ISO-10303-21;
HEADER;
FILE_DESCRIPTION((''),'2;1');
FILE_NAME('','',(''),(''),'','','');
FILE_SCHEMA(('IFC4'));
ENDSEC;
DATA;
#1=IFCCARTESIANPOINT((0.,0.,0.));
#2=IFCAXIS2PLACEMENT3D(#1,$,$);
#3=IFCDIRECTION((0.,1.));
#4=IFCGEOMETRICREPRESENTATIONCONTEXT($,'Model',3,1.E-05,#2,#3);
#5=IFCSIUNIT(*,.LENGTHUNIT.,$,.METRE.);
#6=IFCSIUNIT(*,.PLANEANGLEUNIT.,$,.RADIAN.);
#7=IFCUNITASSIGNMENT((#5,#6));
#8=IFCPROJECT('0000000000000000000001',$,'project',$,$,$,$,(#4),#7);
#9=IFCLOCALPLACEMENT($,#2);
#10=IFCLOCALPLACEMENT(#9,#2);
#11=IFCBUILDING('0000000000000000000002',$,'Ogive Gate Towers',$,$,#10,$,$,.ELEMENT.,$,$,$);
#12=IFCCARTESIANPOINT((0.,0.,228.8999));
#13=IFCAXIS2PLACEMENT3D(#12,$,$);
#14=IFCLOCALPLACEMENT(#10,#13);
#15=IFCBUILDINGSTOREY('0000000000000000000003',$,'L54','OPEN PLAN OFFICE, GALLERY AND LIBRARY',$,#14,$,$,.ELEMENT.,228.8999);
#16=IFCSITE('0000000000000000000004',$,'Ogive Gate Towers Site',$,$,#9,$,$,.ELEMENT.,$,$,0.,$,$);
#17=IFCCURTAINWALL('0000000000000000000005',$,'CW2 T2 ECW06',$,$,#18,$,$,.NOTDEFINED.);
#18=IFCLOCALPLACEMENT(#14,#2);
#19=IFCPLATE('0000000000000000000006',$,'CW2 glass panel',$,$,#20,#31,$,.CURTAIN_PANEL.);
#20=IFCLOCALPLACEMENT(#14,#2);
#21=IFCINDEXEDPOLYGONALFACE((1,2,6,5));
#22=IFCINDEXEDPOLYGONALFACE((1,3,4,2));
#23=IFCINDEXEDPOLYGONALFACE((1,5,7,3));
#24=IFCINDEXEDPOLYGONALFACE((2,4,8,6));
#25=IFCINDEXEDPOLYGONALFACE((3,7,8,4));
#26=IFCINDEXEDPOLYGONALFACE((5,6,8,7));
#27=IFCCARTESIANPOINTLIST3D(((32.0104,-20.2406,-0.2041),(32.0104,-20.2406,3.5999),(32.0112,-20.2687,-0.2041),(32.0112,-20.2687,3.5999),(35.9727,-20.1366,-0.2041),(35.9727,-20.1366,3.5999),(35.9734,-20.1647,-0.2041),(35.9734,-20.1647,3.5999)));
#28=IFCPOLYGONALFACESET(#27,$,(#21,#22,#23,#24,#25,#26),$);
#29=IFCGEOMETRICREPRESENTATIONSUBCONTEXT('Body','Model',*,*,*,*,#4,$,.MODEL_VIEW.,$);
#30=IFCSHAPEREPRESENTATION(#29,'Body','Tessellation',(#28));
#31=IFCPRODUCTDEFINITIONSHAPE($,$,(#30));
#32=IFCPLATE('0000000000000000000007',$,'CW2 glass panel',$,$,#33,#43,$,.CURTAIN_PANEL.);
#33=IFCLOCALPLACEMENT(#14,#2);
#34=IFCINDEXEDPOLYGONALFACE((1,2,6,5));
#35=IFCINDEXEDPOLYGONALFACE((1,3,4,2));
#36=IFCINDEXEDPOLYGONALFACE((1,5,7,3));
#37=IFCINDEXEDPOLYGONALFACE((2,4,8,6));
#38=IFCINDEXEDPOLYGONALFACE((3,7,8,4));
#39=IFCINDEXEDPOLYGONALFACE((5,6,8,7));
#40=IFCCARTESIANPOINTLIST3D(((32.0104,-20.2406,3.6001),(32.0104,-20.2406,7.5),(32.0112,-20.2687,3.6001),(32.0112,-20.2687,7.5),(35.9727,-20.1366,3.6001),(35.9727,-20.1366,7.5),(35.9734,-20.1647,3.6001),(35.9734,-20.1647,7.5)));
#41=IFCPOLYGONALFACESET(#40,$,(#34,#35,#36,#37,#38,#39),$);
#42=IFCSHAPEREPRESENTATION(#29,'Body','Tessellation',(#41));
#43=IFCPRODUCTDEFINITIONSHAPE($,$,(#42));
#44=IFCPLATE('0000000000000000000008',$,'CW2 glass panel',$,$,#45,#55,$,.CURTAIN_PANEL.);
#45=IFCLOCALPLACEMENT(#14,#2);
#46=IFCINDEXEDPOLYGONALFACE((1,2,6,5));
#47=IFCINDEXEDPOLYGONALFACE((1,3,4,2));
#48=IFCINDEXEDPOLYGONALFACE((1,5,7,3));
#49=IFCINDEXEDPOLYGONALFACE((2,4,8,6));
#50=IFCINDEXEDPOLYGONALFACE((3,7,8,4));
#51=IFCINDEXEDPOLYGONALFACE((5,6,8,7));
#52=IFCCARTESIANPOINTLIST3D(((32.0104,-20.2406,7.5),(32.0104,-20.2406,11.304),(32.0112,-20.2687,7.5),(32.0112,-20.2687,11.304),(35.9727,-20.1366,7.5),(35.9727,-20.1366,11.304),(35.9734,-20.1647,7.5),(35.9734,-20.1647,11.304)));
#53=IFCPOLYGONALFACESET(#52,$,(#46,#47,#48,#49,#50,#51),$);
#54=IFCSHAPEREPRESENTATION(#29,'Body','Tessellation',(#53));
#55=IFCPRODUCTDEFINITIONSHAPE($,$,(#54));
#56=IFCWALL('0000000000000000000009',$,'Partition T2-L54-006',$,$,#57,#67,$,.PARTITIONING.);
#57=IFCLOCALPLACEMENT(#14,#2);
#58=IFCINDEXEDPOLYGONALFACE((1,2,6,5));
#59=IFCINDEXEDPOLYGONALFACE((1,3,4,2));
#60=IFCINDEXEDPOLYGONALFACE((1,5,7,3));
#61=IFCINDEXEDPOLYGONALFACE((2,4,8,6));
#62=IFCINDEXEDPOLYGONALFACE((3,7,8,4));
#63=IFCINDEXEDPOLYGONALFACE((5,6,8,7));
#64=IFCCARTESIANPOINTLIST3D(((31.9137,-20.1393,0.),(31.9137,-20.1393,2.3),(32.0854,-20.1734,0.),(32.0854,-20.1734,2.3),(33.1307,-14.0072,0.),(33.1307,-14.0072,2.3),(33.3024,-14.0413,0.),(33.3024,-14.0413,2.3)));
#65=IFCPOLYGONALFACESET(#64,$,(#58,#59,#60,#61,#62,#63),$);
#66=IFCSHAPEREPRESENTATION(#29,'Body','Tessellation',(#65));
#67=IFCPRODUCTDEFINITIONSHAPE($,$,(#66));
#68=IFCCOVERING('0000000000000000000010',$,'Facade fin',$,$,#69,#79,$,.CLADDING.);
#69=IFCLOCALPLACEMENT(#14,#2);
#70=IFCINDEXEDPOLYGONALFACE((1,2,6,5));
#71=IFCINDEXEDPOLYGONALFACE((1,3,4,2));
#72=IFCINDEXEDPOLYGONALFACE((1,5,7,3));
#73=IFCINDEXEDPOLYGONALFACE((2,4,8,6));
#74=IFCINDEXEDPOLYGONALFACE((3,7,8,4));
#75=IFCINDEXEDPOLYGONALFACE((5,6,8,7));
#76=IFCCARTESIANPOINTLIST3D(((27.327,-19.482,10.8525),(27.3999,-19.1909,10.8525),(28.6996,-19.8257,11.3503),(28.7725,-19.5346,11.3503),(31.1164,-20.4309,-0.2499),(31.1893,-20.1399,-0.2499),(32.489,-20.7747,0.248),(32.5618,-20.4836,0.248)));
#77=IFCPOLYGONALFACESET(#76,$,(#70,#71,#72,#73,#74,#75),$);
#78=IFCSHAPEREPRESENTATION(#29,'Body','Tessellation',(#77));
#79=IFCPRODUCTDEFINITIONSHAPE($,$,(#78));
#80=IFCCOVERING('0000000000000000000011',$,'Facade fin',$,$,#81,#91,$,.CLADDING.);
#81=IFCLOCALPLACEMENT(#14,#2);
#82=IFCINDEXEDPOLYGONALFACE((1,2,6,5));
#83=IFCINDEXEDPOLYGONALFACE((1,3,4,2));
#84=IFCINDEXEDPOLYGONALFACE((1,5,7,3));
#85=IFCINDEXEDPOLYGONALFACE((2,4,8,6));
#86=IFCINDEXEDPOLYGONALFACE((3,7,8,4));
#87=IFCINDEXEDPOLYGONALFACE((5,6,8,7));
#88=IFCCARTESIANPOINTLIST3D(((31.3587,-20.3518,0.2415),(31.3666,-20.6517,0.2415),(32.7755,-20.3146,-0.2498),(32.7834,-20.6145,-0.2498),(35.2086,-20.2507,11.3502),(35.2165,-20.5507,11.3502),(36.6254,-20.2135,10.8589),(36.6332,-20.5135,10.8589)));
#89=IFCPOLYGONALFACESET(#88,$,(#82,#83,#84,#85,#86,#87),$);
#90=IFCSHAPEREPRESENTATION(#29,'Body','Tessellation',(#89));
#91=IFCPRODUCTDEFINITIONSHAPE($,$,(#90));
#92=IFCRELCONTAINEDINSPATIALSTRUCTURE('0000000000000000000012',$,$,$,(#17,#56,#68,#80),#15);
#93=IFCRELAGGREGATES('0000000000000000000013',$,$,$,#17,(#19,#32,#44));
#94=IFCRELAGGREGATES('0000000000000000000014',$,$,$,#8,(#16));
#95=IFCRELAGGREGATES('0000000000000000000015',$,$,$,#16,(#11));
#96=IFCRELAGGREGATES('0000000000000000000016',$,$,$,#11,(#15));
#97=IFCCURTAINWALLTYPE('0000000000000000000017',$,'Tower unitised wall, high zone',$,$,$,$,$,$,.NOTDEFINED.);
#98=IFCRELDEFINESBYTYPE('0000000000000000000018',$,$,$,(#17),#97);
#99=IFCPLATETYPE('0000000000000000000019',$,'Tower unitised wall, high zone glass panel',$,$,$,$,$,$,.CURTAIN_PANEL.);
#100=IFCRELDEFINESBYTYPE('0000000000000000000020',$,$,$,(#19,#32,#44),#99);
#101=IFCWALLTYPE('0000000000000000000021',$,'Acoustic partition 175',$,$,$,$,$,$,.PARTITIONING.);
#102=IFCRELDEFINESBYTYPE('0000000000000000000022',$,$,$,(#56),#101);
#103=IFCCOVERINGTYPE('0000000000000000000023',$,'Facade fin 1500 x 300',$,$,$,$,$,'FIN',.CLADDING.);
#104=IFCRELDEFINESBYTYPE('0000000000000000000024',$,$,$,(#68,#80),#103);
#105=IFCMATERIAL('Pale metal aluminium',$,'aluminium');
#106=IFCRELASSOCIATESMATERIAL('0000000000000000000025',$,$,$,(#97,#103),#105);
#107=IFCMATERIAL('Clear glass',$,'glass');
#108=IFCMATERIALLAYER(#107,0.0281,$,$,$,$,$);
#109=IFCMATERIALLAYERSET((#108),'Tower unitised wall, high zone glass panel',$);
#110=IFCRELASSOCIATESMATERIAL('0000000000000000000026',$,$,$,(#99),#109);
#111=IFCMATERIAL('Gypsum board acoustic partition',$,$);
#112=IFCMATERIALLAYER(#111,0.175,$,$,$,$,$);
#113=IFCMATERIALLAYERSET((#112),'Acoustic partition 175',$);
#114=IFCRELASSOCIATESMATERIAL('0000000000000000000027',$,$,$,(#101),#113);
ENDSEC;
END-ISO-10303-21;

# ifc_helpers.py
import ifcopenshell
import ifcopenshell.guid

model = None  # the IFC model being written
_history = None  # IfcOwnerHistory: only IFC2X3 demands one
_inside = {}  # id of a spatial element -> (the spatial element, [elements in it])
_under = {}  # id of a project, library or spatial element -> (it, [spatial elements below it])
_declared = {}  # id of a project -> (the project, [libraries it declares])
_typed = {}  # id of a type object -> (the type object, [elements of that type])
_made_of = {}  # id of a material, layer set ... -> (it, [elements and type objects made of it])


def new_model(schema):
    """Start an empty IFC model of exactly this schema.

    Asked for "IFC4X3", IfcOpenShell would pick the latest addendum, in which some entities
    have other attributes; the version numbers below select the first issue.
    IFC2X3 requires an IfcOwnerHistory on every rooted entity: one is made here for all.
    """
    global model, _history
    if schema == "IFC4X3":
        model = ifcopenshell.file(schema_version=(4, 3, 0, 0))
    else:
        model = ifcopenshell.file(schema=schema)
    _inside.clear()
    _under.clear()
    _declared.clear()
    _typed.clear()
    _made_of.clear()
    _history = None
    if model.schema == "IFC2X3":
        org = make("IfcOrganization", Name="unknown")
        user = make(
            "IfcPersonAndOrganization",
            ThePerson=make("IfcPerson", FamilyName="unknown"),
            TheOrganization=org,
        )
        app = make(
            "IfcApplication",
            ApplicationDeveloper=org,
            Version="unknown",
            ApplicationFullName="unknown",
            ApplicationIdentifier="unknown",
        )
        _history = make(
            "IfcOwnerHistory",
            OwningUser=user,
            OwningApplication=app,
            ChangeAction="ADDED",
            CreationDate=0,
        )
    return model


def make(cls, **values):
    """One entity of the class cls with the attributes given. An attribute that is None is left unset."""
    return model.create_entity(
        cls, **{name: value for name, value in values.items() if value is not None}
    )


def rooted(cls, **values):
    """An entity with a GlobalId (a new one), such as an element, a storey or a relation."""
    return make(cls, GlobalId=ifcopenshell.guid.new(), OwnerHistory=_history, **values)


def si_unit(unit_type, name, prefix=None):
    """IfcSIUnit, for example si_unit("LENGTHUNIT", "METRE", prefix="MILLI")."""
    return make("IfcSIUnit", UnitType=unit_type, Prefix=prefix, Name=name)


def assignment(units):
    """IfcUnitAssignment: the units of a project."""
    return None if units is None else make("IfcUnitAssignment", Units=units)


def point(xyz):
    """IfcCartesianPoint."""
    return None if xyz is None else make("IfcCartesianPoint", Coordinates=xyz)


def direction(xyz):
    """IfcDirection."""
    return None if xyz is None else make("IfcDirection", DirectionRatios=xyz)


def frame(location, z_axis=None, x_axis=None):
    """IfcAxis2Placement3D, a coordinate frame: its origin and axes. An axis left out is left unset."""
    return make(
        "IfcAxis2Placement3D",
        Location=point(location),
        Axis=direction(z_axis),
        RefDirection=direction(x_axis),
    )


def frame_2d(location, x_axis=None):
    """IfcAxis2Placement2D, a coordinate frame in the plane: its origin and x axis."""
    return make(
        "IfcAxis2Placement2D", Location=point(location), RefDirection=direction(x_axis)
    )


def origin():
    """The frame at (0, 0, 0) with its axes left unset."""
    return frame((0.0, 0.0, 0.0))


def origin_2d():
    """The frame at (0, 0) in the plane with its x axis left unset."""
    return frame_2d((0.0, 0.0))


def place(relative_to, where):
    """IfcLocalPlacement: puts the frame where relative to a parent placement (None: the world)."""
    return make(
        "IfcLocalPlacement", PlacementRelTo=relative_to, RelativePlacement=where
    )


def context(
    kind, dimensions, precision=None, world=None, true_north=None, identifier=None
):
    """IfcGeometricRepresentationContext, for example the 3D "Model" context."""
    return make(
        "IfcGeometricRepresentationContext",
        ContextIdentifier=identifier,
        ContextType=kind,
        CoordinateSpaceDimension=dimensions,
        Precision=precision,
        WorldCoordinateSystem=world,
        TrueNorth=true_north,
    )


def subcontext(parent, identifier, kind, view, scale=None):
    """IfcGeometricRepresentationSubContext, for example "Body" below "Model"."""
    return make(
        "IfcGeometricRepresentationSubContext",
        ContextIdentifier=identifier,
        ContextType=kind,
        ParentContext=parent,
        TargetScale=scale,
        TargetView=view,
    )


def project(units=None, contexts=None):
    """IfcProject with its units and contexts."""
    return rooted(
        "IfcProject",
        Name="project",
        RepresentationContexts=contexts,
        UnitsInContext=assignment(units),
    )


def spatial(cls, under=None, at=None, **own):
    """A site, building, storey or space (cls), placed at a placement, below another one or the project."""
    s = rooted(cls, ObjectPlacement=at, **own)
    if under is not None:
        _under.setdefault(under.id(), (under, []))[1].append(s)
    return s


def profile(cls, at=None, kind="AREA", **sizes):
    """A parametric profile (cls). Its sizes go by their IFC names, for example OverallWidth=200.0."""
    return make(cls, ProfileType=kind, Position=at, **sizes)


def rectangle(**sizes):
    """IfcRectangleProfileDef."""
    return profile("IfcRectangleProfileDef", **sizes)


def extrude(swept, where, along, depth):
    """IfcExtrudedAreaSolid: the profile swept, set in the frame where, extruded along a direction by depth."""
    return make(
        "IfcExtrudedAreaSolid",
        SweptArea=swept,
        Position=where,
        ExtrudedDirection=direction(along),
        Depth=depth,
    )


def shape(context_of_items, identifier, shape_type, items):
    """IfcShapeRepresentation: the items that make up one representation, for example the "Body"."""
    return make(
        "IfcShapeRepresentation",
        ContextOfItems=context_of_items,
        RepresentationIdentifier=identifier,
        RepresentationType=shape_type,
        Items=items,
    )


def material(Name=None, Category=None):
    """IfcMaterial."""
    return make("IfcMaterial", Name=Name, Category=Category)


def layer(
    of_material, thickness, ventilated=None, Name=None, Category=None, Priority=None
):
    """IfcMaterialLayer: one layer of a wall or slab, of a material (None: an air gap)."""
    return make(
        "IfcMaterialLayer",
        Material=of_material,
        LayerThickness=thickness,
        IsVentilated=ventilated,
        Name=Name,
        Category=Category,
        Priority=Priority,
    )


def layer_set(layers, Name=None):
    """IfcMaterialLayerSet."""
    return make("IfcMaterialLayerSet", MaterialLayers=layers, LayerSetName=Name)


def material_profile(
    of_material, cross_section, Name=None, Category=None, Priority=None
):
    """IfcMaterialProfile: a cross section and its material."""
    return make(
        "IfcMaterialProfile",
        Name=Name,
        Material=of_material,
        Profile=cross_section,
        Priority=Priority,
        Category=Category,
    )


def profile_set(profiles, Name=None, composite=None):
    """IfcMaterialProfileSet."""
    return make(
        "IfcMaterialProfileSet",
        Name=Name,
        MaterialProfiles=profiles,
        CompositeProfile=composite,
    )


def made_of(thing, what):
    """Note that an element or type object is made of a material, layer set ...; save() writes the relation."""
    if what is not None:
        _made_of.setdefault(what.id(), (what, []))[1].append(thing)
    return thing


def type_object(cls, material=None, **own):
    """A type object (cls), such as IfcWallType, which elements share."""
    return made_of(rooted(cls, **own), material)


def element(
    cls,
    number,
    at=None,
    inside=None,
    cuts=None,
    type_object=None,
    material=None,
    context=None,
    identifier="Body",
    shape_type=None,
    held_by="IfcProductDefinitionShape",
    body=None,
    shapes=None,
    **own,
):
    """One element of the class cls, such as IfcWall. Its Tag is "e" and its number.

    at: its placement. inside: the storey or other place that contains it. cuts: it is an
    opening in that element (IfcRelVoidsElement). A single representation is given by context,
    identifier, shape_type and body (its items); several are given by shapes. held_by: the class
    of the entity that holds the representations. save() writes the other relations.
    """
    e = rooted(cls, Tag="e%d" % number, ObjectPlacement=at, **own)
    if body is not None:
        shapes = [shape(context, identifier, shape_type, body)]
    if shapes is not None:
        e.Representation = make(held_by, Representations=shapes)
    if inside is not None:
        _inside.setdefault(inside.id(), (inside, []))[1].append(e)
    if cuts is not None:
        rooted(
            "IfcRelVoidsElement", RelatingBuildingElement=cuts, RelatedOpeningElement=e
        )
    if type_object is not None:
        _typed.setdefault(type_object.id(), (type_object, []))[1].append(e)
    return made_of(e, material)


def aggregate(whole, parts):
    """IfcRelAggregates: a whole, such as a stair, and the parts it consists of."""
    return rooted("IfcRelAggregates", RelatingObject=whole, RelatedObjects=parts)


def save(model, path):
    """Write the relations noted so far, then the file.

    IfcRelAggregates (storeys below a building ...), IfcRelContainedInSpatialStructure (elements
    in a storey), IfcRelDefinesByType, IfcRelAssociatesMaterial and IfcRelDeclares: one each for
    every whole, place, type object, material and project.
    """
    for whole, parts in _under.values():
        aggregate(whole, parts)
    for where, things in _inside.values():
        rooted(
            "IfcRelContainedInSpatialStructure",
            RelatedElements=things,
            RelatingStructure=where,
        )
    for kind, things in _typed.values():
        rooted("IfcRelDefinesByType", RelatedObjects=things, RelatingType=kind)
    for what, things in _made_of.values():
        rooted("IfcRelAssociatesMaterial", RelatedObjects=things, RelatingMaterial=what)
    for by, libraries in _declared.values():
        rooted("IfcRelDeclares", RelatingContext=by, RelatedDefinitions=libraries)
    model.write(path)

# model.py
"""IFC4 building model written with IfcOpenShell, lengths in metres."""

from ifc_helpers import new_model, si_unit, direction, frame, frame_2d, origin, origin_2d, place, context, subcontext, project, spatial, rectangle, extrude, material, layer, layer_set, material_profile, profile_set, type_object, element, aggregate, save


model = new_model("IFC4")

# Units and contexts
model_context = context("Model", 3, precision=1e-05, world=origin(), true_north=direction((0.0, 1.0)))
body_context = subcontext(model_context, "Body", "Model", "MODEL_VIEW")
ifc_project = project(units=[si_unit("LENGTHUNIT", "METRE"), si_unit("PLANEANGLEUNIT", "RADIAN")], contexts=[model_context])

# Site, building, storey
site_placement = place(None, origin())
site = spatial("IfcSite", under=ifc_project, at=site_placement, Name="Ogive Gate Towers Site", CompositionType="ELEMENT", RefElevation=0.0)
building_placement = place(site_placement, origin())
building = spatial("IfcBuilding", under=site, at=building_placement, Name="Ogive Gate Towers", CompositionType="ELEMENT")
storey_placement = place(building_placement, frame((0.0, 0.0, 228.8999)))
storey = spatial("IfcBuildingStorey", under=building, at=storey_placement, Name="L54", Description="OPEN PLAN OFFICE, GALLERY AND LIBRARY", CompositionType="ELEMENT", Elevation=228.8999)

# Curtain wall, plates
ifc_material_1 = material(Name="Pale metal aluminium", Category="aluminium")
curtain_wall_type = type_object("IfcCurtainWallType", Name="Tower unitised wall, high zone", PredefinedType="NOTDEFINED", material=ifc_material_1)
curtain_wall_placement = place(storey_placement, origin())
curtain_wall = element("IfcCurtainWall", 1, at=curtain_wall_placement, inside=storey, type_object=curtain_wall_type, Name="CW2 T2 ECW06", PredefinedType="NOTDEFINED")
ifc_material_2 = material(Name="Clear glass", Category="glass")
ifc_layer_1 = layer(ifc_material_2, 0.0281)
ifc_layer_set_1 = layer_set([ifc_layer_1], Name="Tower unitised wall, high zone glass panel")
plate_type = type_object("IfcPlateType", Name="Tower unitised wall, high zone glass panel", PredefinedType="CURTAIN_PANEL", material=ifc_layer_set_1)
plate_1_placement = place(storey_placement, frame((33.9919, -20.2026, -0.2041), z_axis=(0.0, 0.0, 1.0), x_axis=(0.999656, 0.026229, 0.0)))
plate_1 = element("IfcPlate", 2, at=plate_1_placement, type_object=plate_type, Name="CW2 glass panel", PredefinedType="CURTAIN_PANEL", context=body_context, shape_type="SweptSolid", body=[
    extrude(rectangle(XDim=3.9636, YDim=0.0281, at=origin_2d()), origin(), (0.0, 0.0, 1.0), 3.804),
])
plate_2_placement = place(storey_placement, frame((33.9919, -20.2026, 3.6001), z_axis=(0.0, 0.0, 1.0), x_axis=(0.999656, 0.026229, 0.0)))
plate_2 = element("IfcPlate", 3, at=plate_2_placement, type_object=plate_type, Name="CW2 glass panel", PredefinedType="CURTAIN_PANEL", context=body_context, shape_type="SweptSolid", body=[
    extrude(rectangle(XDim=3.9636, YDim=0.0281, at=origin_2d()), origin(), (0.0, 0.0, 1.0), 3.8999),
])
plate_3_placement = place(storey_placement, frame((33.9919, -20.2026, 7.5), z_axis=(0.0, 0.0, 1.0), x_axis=(0.999656, 0.026229, 0.0)))
plate_3 = element("IfcPlate", 4, at=plate_3_placement, type_object=plate_type, Name="CW2 glass panel", PredefinedType="CURTAIN_PANEL", context=body_context, shape_type="SweptSolid", body=[
    extrude(rectangle(XDim=3.9636, YDim=0.0281, at=origin_2d()), origin(), (0.0, 0.0, 1.0), 3.804),
])
aggregate(curtain_wall, [plate_1, plate_2, plate_3])

# Wall
ifc_material_3 = material(Name="Gypsum board acoustic partition")
ifc_layer_2 = layer(ifc_material_3, 0.175)
ifc_layer_set_2 = layer_set([ifc_layer_2], Name="Acoustic partition 175")
wall_type = type_object("IfcWallType", Name="Acoustic partition 175", PredefinedType="PARTITIONING", material=ifc_layer_set_2)
wall_placement = place(storey_placement, frame((31.9995, -20.1565, 0.0), z_axis=(0.0, 0.0, 1.0), x_axis=(0.194674, 0.980868, 0.0)))
element("IfcWall", 5, at=wall_placement, inside=storey, type_object=wall_type, Name="Partition T2-L54-006", PredefinedType="PARTITIONING", context=body_context, shape_type="SweptSolid", body=[
    extrude(rectangle(XDim=6.2517, YDim=0.175, at=frame_2d((3.126, 0.0))), origin(), (0.0, 0.0, 1.0), 2.3),
])

# Coverings
ifc_material_profile_1 = material_profile(ifc_material_1, rectangle(XDim=0.3, YDim=1.5, at=origin_2d()), Name="1500 x 300 pale metal aluminium")
ifc_profile_set_1 = profile_set([ifc_material_profile_1], Name="Pale metal aluminium")
covering_type = type_object("IfcCoveringType", Name="Facade fin 1500 x 300", ElementType="FIN", PredefinedType="CLADDING", material=ifc_profile_set_1)
covering_1_placement = place(storey_placement, frame((31.8391, -20.4573, -0.001), z_axis=(-0.321961, 0.08063, 0.943313), x_axis=(-0.242933, -0.970043, 0.0)))
element("IfcCovering", 6, at=covering_1_placement, inside=storey, type_object=covering_type, Name="Facade fin", PredefinedType="CLADDING", context=body_context, shape_type="SweptSolid", body=[
    extrude(rectangle(XDim=0.3, YDim=1.5, at=origin_2d()), origin(), (0.0, 0.0, 1.0), 11.7695),
])
covering_2_placement = place(storey_placement, frame((32.071, -20.4832, -0.0042), z_axis=(0.327444, 0.008597, 0.944831), x_axis=(-0.026245, 0.999656, 0.0)))
element("IfcCovering", 7, at=covering_2_placement, inside=storey, type_object=covering_type, Name="Facade fin", PredefinedType="CLADDING", context=body_context, shape_type="SweptSolid", body=[
    extrude(rectangle(XDim=0.3, YDim=1.5, at=origin_2d()), origin(), (0.0, 0.0, 1.0), 11.7573),
])

save(model, "model.ifc")
